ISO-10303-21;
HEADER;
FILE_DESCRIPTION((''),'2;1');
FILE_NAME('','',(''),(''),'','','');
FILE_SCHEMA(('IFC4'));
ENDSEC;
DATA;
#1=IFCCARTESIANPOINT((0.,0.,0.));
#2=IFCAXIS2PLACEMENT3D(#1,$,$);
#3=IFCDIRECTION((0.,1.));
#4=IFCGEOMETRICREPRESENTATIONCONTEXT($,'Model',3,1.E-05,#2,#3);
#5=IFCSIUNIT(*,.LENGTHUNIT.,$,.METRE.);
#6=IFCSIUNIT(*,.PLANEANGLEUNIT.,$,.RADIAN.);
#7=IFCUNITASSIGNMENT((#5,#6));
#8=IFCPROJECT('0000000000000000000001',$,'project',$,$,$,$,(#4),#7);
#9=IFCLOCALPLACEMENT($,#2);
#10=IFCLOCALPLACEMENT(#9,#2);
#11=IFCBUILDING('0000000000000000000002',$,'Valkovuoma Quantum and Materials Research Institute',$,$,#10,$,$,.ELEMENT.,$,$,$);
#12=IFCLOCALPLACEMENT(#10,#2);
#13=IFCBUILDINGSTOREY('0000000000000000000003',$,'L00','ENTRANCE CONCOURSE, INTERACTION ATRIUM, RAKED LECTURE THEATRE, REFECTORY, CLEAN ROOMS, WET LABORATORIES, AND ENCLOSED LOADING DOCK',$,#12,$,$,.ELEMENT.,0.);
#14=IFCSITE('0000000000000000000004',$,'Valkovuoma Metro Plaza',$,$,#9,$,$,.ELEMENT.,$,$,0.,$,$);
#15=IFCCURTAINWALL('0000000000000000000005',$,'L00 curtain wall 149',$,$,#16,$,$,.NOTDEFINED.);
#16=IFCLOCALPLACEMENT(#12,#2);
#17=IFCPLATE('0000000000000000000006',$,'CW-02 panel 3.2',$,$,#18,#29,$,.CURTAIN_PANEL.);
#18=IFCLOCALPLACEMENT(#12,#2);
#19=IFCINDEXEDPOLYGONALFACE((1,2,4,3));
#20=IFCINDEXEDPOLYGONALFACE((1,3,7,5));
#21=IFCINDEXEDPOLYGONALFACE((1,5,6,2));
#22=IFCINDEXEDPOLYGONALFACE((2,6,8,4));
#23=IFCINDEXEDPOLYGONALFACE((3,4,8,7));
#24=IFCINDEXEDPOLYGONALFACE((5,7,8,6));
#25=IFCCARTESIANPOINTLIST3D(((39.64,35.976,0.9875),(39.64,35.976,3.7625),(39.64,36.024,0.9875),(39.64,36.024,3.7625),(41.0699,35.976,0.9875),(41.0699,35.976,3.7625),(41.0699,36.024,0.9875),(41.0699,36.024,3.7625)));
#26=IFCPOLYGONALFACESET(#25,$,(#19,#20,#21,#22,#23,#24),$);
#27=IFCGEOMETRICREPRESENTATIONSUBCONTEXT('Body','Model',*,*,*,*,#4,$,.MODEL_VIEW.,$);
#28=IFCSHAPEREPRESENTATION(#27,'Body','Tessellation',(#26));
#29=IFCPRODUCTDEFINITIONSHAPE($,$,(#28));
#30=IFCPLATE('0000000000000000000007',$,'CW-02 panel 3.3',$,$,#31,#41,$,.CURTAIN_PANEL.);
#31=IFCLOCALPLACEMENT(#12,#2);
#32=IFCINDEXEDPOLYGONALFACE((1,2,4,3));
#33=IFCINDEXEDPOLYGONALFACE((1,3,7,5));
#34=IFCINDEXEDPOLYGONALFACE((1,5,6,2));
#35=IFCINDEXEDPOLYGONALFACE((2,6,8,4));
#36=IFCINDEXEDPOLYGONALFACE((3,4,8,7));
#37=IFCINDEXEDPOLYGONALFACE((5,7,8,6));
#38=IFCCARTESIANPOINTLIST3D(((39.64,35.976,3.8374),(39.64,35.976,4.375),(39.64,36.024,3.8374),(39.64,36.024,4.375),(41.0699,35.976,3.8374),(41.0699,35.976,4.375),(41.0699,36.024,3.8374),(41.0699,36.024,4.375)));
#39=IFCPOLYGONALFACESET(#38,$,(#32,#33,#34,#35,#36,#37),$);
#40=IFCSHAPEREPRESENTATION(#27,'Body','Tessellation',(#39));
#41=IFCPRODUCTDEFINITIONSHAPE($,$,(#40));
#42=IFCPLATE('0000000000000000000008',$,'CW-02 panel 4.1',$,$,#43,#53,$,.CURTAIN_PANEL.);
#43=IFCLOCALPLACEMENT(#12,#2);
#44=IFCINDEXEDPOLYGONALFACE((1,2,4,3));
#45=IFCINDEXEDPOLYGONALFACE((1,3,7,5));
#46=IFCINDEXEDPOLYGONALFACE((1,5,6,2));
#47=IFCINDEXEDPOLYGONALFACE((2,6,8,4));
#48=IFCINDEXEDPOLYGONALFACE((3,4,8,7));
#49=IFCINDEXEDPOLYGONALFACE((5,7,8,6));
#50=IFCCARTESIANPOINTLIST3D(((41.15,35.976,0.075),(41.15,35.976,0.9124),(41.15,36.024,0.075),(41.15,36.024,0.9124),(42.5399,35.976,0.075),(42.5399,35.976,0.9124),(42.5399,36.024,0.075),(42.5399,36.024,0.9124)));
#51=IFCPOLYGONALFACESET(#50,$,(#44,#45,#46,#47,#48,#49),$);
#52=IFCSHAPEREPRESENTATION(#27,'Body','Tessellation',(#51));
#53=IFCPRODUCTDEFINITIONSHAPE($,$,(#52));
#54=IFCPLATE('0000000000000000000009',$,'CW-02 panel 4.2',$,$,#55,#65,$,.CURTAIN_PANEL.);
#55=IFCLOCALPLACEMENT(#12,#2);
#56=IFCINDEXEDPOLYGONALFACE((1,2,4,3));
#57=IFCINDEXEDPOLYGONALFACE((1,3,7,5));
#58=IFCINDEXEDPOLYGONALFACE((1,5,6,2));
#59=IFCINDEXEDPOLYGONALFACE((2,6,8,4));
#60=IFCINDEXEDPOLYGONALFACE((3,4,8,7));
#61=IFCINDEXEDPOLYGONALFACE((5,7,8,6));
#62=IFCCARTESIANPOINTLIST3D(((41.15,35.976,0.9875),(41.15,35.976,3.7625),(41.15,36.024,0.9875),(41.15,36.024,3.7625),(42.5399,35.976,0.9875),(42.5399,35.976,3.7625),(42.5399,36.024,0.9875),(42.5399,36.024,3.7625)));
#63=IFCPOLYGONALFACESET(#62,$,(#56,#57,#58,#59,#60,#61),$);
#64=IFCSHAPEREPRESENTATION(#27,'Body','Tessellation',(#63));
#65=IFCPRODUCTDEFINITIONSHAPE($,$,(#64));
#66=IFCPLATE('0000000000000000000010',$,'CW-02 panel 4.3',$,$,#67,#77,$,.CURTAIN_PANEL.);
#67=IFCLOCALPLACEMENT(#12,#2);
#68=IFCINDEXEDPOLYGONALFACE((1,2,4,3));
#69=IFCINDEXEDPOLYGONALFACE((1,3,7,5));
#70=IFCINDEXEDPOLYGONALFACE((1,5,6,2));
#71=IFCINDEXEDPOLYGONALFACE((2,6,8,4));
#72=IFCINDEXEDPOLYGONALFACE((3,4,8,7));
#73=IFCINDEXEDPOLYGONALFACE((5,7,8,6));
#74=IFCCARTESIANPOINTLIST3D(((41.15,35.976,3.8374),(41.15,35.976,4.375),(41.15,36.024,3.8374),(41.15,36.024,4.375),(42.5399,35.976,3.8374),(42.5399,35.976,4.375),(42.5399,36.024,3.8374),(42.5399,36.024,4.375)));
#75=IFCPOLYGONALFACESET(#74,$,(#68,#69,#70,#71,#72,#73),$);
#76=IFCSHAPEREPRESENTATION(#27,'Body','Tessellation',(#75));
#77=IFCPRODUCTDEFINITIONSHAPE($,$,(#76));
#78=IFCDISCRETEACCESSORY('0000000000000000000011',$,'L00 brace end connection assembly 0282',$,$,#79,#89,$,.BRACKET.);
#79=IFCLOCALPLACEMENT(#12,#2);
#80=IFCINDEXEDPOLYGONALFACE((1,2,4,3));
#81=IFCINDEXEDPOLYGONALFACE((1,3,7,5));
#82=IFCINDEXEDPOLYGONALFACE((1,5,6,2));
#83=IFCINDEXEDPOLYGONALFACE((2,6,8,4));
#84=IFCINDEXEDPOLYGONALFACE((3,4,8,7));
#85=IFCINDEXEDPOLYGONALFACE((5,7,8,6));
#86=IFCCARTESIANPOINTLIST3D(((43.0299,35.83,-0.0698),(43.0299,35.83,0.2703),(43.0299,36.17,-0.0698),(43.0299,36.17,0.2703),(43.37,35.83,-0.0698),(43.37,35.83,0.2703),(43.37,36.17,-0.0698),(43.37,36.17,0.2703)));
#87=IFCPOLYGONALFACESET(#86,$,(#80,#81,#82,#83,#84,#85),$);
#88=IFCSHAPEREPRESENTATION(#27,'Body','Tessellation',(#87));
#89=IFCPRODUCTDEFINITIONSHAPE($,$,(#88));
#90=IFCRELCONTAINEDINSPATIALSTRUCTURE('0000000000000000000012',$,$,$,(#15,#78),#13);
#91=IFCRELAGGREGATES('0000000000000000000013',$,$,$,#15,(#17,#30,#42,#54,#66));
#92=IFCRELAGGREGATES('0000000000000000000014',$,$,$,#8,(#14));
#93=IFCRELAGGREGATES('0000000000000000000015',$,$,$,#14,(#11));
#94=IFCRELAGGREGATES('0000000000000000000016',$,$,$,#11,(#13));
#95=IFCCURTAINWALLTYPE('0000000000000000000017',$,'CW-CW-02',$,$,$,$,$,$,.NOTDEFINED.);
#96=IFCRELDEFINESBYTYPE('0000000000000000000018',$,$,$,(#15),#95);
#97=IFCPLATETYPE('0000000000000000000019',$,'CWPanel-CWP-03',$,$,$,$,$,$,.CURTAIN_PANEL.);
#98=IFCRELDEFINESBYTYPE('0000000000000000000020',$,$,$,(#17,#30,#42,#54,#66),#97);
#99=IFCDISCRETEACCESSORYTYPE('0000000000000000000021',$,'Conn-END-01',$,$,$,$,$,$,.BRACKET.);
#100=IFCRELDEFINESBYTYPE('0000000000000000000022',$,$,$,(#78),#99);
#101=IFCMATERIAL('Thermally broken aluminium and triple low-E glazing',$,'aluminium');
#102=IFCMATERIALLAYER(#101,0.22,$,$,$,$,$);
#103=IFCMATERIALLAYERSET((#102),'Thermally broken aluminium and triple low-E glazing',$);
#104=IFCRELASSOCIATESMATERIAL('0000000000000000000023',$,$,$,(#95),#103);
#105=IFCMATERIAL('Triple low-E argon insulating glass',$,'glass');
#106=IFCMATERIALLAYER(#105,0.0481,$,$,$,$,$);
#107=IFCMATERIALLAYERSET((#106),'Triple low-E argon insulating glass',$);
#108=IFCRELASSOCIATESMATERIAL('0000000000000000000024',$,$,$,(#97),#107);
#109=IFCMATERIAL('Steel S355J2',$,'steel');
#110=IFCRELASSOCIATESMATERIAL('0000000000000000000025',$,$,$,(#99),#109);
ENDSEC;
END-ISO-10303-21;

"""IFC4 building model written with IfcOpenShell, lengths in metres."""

from ifc_helpers import new_model, si_unit, direction, frame, origin, origin_2d, place, context, subcontext, project, spatial, rectangle, extrude, material, layer, layer_set, type_object, element, aggregate, save


model = new_model("IFC4")

# Units and contexts
model_context = context("Model", 3, precision=1e-05, world=origin(), true_north=direction((0.0, 1.0)))
body_context = subcontext(model_context, "Body", "Model", "MODEL_VIEW")
ifc_project = project(units=[si_unit("LENGTHUNIT", "METRE"), si_unit("PLANEANGLEUNIT", "RADIAN")], contexts=[model_context])

# Site, building, storey
site_placement = place(None, origin())
site = spatial("IfcSite", under=ifc_project, at=site_placement, Name="Valkovuoma Metro Plaza", CompositionType="ELEMENT", RefElevation=0.0)
building_placement = place(site_placement, origin())
building = spatial("IfcBuilding", under=site, at=building_placement, Name="Valkovuoma Quantum and Materials Research Institute", CompositionType="ELEMENT")
storey_placement = place(building_placement, origin())
storey = spatial("IfcBuildingStorey", under=building, at=storey_placement, Name="L00", Description="ENTRANCE CONCOURSE, INTERACTION ATRIUM, RAKED LECTURE THEATRE, REFECTORY, CLEAN ROOMS, WET LABORATORIES, AND ENCLOSED LOADING DOCK", CompositionType="ELEMENT", Elevation=0.0)

# Curtain wall
ifc_material_1 = material(Name="Thermally broken aluminium and triple low-E glazing", Category="aluminium")
ifc_layer_1 = layer(ifc_material_1, 0.22)
ifc_layer_set_1 = layer_set([ifc_layer_1], Name="Thermally broken aluminium and triple low-E glazing")
curtain_wall_type = type_object("IfcCurtainWallType", Name="CW-CW-02", PredefinedType="NOTDEFINED", material=ifc_layer_set_1)
curtain_wall_1_placement = place(storey_placement, origin())
curtain_wall_1 = element("IfcCurtainWall", 1, at=curtain_wall_1_placement, inside=storey, type_object=curtain_wall_type, Name="L00 curtain wall 149", PredefinedType="NOTDEFINED")

# Plates
ifc_material_2 = material(Name="Triple low-E argon insulating glass", Category="glass")
ifc_layer_2 = layer(ifc_material_2, 0.0481)
ifc_layer_set_2 = layer_set([ifc_layer_2], Name="Triple low-E argon insulating glass")
plate_type = type_object("IfcPlateType", Name="CWPanel-CWP-03", PredefinedType="CURTAIN_PANEL", material=ifc_layer_set_2)
plate_1_placement = place(storey_placement, frame((40.355, 36.0, 0.9875), z_axis=(0.0, 0.0, 1.0), x_axis=(1.0, 0.0, 0.0)))
plate_1 = element("IfcPlate", 2, at=plate_1_placement, type_object=plate_type, Name="CW-02 panel 3.2", PredefinedType="CURTAIN_PANEL", context=body_context, shape_type="SweptSolid", body=[
    extrude(rectangle(XDim=1.4299, YDim=0.0481, at=origin_2d()), origin(), (0.0, 0.0, 1.0), 2.7749),
])
plate_2_placement = place(storey_placement, frame((40.355, 36.0, 3.8374), z_axis=(0.0, 0.0, 1.0), x_axis=(1.0, 0.0, 0.0)))
plate_2 = element("IfcPlate", 3, at=plate_2_placement, type_object=plate_type, Name="CW-02 panel 3.3", PredefinedType="CURTAIN_PANEL", context=body_context, shape_type="SweptSolid", body=[
    extrude(rectangle(XDim=1.4299, YDim=0.0481, at=origin_2d()), origin(), (0.0, 0.0, 1.0), 0.5376),
])
plate_3_placement = place(storey_placement, frame((41.845, 36.0, 0.075), z_axis=(0.0, 0.0, 1.0), x_axis=(1.0, 0.0, 0.0)))
plate_3 = element("IfcPlate", 4, at=plate_3_placement, type_object=plate_type, Name="CW-02 panel 4.1", PredefinedType="CURTAIN_PANEL", context=body_context, shape_type="SweptSolid", body=[
    extrude(rectangle(XDim=1.3899, YDim=0.0481, at=origin_2d()), origin(), (0.0, 0.0, 1.0), 0.8374),
])
plate_4_placement = place(storey_placement, frame((41.845, 36.0, 0.9875), z_axis=(0.0, 0.0, 1.0), x_axis=(1.0, 0.0, 0.0)))
plate_4 = element("IfcPlate", 5, at=plate_4_placement, type_object=plate_type, Name="CW-02 panel 4.2", PredefinedType="CURTAIN_PANEL", context=body_context, shape_type="SweptSolid", body=[
    extrude(rectangle(XDim=1.3899, YDim=0.0481, at=origin_2d()), origin(), (0.0, 0.0, 1.0), 2.7749),
])
plate_5_placement = place(storey_placement, frame((41.845, 36.0, 3.8374), z_axis=(0.0, 0.0, 1.0), x_axis=(1.0, 0.0, 0.0)))
plate_5 = element("IfcPlate", 6, at=plate_5_placement, type_object=plate_type, Name="CW-02 panel 4.3", PredefinedType="CURTAIN_PANEL", context=body_context, shape_type="SweptSolid", body=[
    extrude(rectangle(XDim=1.3899, YDim=0.0481, at=origin_2d()), origin(), (0.0, 0.0, 1.0), 0.5376),
])
aggregate(curtain_wall_1, [plate_1, plate_2, plate_3, plate_4, plate_5])

# Discrete accessory
ifc_material_3 = material(Name="Steel S355J2", Category="steel")
discrete_accessory_type = type_object("IfcDiscreteAccessoryType", Name="Conn-END-01", PredefinedType="BRACKET", material=ifc_material_3)
discrete_accessory_placement = place(storey_placement, frame((43.2, 36.0, -0.0698), z_axis=(0.0, 0.0, 1.0), x_axis=(1.0, 0.0, 0.0)))
element("IfcDiscreteAccessory", 7, at=discrete_accessory_placement, inside=storey, type_object=discrete_accessory_type, Name="L00 brace end connection assembly 0282", PredefinedType="BRACKET", context=body_context, shape_type="SweptSolid", body=[
    extrude(rectangle(XDim=0.3401, YDim=0.3401, at=origin_2d()), origin(), (0.0, 0.0, 1.0), 0.3401),
])

save(model, "model.ifc")
